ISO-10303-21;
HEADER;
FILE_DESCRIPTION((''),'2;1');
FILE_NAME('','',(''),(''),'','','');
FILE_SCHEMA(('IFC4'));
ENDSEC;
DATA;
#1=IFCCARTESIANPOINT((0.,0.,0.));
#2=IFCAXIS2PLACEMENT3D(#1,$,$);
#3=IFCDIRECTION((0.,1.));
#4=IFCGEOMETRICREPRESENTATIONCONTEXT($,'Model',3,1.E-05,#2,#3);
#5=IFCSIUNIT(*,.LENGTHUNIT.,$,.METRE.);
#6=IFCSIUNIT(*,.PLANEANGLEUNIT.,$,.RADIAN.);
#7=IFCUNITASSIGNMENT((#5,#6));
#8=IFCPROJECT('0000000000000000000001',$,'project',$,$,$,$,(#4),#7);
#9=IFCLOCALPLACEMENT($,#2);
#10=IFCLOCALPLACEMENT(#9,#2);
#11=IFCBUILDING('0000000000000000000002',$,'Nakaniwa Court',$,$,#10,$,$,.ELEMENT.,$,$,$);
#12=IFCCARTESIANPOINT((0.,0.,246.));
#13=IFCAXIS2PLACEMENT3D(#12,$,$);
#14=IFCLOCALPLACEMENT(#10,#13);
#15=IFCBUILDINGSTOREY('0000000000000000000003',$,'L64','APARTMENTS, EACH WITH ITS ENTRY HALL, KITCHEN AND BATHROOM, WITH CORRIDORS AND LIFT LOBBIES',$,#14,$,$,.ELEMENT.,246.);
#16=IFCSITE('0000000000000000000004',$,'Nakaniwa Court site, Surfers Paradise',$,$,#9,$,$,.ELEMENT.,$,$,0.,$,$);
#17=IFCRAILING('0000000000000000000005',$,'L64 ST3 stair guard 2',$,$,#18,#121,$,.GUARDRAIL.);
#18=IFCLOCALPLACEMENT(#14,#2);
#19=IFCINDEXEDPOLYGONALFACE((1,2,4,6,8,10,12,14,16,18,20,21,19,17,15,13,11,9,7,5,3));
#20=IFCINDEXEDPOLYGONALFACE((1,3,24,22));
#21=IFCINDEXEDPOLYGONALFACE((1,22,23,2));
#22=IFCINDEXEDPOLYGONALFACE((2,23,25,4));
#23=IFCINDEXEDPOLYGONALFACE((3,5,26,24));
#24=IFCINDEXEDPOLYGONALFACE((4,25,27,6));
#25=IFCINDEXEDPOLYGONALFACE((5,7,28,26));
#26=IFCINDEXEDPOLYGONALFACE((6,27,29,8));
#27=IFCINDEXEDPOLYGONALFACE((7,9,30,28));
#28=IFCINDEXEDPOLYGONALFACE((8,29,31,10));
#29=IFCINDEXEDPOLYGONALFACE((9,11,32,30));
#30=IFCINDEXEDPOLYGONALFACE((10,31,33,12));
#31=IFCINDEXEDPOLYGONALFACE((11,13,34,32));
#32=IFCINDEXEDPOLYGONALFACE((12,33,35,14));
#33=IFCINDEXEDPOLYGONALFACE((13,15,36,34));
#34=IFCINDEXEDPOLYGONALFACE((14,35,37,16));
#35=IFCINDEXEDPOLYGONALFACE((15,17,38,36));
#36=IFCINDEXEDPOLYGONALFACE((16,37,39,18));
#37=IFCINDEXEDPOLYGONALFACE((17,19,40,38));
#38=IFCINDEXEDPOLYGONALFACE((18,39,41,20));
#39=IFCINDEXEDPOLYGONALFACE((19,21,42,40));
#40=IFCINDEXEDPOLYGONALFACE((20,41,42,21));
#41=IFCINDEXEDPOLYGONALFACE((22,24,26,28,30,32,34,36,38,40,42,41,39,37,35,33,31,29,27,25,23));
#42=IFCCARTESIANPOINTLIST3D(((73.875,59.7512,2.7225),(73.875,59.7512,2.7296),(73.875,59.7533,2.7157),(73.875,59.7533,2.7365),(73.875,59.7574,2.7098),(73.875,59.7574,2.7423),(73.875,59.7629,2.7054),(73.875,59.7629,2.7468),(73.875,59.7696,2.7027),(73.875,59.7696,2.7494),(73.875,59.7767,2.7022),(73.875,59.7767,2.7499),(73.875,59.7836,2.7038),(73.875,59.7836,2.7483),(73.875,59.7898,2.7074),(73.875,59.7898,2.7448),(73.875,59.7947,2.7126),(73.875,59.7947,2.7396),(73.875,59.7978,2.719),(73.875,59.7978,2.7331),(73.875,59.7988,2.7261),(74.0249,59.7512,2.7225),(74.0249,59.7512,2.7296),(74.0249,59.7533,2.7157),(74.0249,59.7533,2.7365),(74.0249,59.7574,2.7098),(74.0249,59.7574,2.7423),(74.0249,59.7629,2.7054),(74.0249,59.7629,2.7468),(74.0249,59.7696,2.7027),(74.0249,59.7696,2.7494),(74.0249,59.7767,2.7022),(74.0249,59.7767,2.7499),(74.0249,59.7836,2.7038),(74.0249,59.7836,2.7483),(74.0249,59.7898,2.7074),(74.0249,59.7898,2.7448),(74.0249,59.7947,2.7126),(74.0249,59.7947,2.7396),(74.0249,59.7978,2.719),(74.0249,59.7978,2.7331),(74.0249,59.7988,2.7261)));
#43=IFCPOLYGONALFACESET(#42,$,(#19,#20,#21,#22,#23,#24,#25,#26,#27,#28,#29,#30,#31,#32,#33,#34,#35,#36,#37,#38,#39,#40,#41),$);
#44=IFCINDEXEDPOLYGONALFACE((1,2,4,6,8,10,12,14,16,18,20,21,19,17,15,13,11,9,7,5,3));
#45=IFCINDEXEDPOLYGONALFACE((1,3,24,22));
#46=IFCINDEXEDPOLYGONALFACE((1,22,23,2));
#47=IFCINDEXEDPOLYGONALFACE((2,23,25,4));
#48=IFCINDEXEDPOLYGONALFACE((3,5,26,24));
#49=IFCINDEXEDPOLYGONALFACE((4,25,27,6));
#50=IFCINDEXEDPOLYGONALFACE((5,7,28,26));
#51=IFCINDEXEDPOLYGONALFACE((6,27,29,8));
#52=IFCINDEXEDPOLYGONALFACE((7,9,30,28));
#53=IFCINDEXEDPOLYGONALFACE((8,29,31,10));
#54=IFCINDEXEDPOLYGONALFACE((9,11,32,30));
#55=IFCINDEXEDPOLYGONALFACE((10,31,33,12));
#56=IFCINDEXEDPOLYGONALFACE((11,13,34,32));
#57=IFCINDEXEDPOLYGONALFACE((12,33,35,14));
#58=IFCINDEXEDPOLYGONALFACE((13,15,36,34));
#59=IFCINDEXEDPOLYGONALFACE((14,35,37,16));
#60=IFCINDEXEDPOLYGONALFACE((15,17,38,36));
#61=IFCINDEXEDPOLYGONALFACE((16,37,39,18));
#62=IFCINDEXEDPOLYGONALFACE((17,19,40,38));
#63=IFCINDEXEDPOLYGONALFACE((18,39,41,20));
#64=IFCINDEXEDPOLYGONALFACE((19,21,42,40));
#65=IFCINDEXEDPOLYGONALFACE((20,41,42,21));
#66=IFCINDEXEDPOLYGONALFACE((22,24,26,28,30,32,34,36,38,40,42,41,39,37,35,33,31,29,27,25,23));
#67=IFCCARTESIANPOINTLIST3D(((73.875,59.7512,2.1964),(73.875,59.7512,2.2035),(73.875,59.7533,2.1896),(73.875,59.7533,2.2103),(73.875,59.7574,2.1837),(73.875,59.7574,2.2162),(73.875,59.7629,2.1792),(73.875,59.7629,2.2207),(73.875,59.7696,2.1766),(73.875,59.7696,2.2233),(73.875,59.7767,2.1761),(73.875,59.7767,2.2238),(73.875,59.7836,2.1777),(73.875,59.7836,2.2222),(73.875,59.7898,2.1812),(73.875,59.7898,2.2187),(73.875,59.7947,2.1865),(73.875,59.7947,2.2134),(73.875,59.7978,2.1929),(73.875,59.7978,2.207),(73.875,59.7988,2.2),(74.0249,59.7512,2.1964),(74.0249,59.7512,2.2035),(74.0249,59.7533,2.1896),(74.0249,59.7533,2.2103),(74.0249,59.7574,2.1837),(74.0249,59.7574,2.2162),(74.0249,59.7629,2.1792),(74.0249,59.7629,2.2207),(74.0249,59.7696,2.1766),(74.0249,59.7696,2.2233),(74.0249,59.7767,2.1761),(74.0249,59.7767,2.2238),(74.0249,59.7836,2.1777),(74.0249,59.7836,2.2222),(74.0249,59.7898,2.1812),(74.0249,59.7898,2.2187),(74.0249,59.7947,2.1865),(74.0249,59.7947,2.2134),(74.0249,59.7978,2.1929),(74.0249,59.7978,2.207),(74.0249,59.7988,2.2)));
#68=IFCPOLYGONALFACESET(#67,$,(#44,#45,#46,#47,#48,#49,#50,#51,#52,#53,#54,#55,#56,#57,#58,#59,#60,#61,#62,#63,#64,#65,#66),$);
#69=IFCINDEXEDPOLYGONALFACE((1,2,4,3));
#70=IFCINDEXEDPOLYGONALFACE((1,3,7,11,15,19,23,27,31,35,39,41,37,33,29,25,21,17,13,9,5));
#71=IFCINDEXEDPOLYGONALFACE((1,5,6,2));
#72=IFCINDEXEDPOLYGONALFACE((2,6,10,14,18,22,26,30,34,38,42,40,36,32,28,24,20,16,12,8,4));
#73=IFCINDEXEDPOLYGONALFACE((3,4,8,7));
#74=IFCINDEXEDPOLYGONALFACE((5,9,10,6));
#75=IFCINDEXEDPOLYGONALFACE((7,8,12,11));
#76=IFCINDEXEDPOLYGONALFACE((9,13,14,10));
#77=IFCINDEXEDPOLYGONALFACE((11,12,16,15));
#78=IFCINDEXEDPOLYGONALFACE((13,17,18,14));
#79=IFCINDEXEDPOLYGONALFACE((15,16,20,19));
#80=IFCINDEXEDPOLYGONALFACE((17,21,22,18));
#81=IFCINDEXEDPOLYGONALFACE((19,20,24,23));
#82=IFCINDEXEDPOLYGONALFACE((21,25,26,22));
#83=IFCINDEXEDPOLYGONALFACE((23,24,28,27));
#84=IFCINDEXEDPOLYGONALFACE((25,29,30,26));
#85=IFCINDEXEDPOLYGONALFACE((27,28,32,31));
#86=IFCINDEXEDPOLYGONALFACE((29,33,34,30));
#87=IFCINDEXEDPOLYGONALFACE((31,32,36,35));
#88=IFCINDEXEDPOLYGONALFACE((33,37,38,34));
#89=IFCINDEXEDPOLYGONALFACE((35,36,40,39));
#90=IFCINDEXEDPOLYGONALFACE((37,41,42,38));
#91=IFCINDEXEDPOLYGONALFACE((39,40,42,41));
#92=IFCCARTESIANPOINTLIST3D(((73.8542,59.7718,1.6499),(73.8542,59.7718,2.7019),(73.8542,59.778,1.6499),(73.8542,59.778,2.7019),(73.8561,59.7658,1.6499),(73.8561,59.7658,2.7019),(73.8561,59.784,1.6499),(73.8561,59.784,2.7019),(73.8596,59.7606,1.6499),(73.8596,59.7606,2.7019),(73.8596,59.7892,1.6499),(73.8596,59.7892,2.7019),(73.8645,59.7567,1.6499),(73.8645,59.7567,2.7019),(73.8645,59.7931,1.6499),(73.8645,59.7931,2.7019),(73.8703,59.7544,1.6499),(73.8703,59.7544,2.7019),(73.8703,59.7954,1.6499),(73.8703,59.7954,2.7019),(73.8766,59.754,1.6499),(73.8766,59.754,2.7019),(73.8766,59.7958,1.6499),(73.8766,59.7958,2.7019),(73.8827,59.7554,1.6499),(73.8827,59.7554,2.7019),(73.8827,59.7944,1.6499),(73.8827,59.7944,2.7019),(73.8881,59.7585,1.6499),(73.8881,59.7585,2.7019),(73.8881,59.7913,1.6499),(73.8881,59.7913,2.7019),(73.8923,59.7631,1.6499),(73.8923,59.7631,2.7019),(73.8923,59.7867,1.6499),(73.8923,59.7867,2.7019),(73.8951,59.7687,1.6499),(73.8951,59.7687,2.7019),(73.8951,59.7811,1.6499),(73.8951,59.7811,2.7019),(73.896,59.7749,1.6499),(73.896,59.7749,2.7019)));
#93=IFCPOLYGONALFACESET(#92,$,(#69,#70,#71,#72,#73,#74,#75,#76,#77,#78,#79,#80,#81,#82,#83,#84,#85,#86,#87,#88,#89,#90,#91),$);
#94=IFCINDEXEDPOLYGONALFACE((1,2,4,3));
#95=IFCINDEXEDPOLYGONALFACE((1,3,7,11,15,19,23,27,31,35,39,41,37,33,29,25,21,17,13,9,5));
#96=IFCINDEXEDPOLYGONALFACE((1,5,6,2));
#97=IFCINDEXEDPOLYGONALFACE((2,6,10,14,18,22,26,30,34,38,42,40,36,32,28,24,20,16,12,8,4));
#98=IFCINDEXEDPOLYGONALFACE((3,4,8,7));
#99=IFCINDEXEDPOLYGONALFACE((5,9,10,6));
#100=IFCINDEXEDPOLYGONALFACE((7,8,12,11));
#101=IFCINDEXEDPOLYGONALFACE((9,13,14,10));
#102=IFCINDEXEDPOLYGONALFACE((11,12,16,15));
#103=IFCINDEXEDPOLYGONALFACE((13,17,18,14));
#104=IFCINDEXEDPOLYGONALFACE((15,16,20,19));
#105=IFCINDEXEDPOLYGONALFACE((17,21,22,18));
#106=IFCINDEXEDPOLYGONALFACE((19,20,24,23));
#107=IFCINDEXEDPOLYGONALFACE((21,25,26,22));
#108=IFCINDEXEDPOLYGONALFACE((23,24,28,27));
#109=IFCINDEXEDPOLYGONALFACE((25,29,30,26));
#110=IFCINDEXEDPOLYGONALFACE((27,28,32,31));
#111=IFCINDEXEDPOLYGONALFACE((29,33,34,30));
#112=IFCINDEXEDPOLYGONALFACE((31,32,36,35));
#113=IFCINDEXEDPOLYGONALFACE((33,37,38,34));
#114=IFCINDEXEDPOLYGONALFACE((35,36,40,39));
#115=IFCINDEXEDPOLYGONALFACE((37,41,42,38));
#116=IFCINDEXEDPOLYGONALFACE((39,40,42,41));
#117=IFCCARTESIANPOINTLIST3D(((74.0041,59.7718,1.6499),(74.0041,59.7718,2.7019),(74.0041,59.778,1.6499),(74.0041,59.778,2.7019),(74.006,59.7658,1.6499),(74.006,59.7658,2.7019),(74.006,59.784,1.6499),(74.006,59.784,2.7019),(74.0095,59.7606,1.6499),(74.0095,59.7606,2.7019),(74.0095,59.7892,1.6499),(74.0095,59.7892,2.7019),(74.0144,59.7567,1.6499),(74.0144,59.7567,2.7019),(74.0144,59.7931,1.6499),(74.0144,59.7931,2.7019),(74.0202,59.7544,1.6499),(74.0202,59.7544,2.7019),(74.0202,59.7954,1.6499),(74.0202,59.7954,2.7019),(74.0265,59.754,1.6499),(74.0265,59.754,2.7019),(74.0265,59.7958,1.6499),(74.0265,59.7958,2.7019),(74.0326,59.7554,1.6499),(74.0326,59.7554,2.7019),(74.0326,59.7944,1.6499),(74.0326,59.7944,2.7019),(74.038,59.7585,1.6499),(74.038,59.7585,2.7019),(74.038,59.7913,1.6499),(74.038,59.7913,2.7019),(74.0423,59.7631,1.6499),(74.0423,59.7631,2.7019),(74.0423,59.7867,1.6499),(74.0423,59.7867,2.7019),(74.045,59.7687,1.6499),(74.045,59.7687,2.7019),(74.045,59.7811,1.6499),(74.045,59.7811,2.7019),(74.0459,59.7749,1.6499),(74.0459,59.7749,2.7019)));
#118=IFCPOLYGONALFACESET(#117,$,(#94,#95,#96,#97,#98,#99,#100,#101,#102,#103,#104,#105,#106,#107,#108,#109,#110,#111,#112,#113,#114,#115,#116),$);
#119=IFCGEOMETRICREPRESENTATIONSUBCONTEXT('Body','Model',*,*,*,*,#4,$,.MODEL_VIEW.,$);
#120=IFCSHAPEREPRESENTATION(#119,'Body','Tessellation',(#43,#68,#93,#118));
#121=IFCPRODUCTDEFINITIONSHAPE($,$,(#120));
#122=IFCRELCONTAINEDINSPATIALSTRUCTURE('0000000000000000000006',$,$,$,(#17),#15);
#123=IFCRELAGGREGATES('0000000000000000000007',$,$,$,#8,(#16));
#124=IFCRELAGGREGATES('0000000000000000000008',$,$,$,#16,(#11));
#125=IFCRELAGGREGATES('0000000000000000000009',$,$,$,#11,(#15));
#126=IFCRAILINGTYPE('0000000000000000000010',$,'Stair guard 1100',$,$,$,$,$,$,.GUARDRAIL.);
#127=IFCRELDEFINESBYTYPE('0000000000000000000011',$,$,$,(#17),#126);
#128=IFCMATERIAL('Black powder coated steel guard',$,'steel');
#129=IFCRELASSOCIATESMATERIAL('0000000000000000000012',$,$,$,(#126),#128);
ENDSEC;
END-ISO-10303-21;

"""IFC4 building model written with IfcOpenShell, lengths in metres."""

from ifc_helpers import new_model, si_unit, direction, frame, origin, origin_2d, place, context, subcontext, project, spatial, circle, extrude, material, type_object, element, save


model = new_model("IFC4")

# Units and contexts
model_context = context("Model", 3, precision=1e-05, world=origin(), true_north=direction((0.0, 1.0)))
body_context = subcontext(model_context, "Body", "Model", "MODEL_VIEW")
ifc_project = project(units=[si_unit("LENGTHUNIT", "METRE"), si_unit("PLANEANGLEUNIT", "RADIAN")], contexts=[model_context])

# Site, building, storey
site_placement = place(None, origin())
site = spatial("IfcSite", under=ifc_project, at=site_placement, Name="Nakaniwa Court site, Surfers Paradise", CompositionType="ELEMENT", RefElevation=0.0)
building_placement = place(site_placement, origin())
building = spatial("IfcBuilding", under=site, at=building_placement, Name="Nakaniwa Court", CompositionType="ELEMENT")
storey_placement = place(building_placement, frame((0.0, 0.0, 246.0)))
storey = spatial("IfcBuildingStorey", under=building, at=storey_placement, Name="L64", Description="APARTMENTS, EACH WITH ITS ENTRY HALL, KITCHEN AND BATHROOM, WITH CORRIDORS AND LIFT LOBBIES", CompositionType="ELEMENT", Elevation=246.0)

# Railing
ifc_material_1 = material(Name="Black powder coated steel guard", Category="steel")
railing_type_1 = type_object("IfcRailingType", Name="Stair guard 1100", PredefinedType="GUARDRAIL", material=ifc_material_1)
railing_1_placement = place(storey_placement, frame((73.875, 59.7749, 1.6499)))
element("IfcRailing", 1, at=railing_1_placement, inside=storey, type_object=railing_type_1, Name="L64 ST3 stair guard 2", PredefinedType="GUARDRAIL", context=body_context, shape_type="SweptSolid", body=[
    extrude(circle(Radius=0.0239, at=origin_2d()), frame((0.0, 0.0, 1.0762), z_axis=(1.0, 0.0, 0.0), x_axis=(0.0, 1.0, 0.0)), (0.0, 0.0, 1.0), 0.1499),
    extrude(circle(Radius=0.0239, at=origin_2d()), frame((0.0, 0.0, 0.55), z_axis=(1.0, 0.0, 0.0), x_axis=(0.0, 1.0, 0.0)), (0.0, 0.0, 1.0), 0.1499),
    extrude(circle(Radius=0.021, at=origin_2d()), origin(), (0.0, 0.0, 1.0), 1.052),
    extrude(circle(Radius=0.021, at=origin_2d()), frame((0.1499, 0.0, 0.0)), (0.0, 0.0, 1.0), 1.052),
])

save(model, "model.ifc")
